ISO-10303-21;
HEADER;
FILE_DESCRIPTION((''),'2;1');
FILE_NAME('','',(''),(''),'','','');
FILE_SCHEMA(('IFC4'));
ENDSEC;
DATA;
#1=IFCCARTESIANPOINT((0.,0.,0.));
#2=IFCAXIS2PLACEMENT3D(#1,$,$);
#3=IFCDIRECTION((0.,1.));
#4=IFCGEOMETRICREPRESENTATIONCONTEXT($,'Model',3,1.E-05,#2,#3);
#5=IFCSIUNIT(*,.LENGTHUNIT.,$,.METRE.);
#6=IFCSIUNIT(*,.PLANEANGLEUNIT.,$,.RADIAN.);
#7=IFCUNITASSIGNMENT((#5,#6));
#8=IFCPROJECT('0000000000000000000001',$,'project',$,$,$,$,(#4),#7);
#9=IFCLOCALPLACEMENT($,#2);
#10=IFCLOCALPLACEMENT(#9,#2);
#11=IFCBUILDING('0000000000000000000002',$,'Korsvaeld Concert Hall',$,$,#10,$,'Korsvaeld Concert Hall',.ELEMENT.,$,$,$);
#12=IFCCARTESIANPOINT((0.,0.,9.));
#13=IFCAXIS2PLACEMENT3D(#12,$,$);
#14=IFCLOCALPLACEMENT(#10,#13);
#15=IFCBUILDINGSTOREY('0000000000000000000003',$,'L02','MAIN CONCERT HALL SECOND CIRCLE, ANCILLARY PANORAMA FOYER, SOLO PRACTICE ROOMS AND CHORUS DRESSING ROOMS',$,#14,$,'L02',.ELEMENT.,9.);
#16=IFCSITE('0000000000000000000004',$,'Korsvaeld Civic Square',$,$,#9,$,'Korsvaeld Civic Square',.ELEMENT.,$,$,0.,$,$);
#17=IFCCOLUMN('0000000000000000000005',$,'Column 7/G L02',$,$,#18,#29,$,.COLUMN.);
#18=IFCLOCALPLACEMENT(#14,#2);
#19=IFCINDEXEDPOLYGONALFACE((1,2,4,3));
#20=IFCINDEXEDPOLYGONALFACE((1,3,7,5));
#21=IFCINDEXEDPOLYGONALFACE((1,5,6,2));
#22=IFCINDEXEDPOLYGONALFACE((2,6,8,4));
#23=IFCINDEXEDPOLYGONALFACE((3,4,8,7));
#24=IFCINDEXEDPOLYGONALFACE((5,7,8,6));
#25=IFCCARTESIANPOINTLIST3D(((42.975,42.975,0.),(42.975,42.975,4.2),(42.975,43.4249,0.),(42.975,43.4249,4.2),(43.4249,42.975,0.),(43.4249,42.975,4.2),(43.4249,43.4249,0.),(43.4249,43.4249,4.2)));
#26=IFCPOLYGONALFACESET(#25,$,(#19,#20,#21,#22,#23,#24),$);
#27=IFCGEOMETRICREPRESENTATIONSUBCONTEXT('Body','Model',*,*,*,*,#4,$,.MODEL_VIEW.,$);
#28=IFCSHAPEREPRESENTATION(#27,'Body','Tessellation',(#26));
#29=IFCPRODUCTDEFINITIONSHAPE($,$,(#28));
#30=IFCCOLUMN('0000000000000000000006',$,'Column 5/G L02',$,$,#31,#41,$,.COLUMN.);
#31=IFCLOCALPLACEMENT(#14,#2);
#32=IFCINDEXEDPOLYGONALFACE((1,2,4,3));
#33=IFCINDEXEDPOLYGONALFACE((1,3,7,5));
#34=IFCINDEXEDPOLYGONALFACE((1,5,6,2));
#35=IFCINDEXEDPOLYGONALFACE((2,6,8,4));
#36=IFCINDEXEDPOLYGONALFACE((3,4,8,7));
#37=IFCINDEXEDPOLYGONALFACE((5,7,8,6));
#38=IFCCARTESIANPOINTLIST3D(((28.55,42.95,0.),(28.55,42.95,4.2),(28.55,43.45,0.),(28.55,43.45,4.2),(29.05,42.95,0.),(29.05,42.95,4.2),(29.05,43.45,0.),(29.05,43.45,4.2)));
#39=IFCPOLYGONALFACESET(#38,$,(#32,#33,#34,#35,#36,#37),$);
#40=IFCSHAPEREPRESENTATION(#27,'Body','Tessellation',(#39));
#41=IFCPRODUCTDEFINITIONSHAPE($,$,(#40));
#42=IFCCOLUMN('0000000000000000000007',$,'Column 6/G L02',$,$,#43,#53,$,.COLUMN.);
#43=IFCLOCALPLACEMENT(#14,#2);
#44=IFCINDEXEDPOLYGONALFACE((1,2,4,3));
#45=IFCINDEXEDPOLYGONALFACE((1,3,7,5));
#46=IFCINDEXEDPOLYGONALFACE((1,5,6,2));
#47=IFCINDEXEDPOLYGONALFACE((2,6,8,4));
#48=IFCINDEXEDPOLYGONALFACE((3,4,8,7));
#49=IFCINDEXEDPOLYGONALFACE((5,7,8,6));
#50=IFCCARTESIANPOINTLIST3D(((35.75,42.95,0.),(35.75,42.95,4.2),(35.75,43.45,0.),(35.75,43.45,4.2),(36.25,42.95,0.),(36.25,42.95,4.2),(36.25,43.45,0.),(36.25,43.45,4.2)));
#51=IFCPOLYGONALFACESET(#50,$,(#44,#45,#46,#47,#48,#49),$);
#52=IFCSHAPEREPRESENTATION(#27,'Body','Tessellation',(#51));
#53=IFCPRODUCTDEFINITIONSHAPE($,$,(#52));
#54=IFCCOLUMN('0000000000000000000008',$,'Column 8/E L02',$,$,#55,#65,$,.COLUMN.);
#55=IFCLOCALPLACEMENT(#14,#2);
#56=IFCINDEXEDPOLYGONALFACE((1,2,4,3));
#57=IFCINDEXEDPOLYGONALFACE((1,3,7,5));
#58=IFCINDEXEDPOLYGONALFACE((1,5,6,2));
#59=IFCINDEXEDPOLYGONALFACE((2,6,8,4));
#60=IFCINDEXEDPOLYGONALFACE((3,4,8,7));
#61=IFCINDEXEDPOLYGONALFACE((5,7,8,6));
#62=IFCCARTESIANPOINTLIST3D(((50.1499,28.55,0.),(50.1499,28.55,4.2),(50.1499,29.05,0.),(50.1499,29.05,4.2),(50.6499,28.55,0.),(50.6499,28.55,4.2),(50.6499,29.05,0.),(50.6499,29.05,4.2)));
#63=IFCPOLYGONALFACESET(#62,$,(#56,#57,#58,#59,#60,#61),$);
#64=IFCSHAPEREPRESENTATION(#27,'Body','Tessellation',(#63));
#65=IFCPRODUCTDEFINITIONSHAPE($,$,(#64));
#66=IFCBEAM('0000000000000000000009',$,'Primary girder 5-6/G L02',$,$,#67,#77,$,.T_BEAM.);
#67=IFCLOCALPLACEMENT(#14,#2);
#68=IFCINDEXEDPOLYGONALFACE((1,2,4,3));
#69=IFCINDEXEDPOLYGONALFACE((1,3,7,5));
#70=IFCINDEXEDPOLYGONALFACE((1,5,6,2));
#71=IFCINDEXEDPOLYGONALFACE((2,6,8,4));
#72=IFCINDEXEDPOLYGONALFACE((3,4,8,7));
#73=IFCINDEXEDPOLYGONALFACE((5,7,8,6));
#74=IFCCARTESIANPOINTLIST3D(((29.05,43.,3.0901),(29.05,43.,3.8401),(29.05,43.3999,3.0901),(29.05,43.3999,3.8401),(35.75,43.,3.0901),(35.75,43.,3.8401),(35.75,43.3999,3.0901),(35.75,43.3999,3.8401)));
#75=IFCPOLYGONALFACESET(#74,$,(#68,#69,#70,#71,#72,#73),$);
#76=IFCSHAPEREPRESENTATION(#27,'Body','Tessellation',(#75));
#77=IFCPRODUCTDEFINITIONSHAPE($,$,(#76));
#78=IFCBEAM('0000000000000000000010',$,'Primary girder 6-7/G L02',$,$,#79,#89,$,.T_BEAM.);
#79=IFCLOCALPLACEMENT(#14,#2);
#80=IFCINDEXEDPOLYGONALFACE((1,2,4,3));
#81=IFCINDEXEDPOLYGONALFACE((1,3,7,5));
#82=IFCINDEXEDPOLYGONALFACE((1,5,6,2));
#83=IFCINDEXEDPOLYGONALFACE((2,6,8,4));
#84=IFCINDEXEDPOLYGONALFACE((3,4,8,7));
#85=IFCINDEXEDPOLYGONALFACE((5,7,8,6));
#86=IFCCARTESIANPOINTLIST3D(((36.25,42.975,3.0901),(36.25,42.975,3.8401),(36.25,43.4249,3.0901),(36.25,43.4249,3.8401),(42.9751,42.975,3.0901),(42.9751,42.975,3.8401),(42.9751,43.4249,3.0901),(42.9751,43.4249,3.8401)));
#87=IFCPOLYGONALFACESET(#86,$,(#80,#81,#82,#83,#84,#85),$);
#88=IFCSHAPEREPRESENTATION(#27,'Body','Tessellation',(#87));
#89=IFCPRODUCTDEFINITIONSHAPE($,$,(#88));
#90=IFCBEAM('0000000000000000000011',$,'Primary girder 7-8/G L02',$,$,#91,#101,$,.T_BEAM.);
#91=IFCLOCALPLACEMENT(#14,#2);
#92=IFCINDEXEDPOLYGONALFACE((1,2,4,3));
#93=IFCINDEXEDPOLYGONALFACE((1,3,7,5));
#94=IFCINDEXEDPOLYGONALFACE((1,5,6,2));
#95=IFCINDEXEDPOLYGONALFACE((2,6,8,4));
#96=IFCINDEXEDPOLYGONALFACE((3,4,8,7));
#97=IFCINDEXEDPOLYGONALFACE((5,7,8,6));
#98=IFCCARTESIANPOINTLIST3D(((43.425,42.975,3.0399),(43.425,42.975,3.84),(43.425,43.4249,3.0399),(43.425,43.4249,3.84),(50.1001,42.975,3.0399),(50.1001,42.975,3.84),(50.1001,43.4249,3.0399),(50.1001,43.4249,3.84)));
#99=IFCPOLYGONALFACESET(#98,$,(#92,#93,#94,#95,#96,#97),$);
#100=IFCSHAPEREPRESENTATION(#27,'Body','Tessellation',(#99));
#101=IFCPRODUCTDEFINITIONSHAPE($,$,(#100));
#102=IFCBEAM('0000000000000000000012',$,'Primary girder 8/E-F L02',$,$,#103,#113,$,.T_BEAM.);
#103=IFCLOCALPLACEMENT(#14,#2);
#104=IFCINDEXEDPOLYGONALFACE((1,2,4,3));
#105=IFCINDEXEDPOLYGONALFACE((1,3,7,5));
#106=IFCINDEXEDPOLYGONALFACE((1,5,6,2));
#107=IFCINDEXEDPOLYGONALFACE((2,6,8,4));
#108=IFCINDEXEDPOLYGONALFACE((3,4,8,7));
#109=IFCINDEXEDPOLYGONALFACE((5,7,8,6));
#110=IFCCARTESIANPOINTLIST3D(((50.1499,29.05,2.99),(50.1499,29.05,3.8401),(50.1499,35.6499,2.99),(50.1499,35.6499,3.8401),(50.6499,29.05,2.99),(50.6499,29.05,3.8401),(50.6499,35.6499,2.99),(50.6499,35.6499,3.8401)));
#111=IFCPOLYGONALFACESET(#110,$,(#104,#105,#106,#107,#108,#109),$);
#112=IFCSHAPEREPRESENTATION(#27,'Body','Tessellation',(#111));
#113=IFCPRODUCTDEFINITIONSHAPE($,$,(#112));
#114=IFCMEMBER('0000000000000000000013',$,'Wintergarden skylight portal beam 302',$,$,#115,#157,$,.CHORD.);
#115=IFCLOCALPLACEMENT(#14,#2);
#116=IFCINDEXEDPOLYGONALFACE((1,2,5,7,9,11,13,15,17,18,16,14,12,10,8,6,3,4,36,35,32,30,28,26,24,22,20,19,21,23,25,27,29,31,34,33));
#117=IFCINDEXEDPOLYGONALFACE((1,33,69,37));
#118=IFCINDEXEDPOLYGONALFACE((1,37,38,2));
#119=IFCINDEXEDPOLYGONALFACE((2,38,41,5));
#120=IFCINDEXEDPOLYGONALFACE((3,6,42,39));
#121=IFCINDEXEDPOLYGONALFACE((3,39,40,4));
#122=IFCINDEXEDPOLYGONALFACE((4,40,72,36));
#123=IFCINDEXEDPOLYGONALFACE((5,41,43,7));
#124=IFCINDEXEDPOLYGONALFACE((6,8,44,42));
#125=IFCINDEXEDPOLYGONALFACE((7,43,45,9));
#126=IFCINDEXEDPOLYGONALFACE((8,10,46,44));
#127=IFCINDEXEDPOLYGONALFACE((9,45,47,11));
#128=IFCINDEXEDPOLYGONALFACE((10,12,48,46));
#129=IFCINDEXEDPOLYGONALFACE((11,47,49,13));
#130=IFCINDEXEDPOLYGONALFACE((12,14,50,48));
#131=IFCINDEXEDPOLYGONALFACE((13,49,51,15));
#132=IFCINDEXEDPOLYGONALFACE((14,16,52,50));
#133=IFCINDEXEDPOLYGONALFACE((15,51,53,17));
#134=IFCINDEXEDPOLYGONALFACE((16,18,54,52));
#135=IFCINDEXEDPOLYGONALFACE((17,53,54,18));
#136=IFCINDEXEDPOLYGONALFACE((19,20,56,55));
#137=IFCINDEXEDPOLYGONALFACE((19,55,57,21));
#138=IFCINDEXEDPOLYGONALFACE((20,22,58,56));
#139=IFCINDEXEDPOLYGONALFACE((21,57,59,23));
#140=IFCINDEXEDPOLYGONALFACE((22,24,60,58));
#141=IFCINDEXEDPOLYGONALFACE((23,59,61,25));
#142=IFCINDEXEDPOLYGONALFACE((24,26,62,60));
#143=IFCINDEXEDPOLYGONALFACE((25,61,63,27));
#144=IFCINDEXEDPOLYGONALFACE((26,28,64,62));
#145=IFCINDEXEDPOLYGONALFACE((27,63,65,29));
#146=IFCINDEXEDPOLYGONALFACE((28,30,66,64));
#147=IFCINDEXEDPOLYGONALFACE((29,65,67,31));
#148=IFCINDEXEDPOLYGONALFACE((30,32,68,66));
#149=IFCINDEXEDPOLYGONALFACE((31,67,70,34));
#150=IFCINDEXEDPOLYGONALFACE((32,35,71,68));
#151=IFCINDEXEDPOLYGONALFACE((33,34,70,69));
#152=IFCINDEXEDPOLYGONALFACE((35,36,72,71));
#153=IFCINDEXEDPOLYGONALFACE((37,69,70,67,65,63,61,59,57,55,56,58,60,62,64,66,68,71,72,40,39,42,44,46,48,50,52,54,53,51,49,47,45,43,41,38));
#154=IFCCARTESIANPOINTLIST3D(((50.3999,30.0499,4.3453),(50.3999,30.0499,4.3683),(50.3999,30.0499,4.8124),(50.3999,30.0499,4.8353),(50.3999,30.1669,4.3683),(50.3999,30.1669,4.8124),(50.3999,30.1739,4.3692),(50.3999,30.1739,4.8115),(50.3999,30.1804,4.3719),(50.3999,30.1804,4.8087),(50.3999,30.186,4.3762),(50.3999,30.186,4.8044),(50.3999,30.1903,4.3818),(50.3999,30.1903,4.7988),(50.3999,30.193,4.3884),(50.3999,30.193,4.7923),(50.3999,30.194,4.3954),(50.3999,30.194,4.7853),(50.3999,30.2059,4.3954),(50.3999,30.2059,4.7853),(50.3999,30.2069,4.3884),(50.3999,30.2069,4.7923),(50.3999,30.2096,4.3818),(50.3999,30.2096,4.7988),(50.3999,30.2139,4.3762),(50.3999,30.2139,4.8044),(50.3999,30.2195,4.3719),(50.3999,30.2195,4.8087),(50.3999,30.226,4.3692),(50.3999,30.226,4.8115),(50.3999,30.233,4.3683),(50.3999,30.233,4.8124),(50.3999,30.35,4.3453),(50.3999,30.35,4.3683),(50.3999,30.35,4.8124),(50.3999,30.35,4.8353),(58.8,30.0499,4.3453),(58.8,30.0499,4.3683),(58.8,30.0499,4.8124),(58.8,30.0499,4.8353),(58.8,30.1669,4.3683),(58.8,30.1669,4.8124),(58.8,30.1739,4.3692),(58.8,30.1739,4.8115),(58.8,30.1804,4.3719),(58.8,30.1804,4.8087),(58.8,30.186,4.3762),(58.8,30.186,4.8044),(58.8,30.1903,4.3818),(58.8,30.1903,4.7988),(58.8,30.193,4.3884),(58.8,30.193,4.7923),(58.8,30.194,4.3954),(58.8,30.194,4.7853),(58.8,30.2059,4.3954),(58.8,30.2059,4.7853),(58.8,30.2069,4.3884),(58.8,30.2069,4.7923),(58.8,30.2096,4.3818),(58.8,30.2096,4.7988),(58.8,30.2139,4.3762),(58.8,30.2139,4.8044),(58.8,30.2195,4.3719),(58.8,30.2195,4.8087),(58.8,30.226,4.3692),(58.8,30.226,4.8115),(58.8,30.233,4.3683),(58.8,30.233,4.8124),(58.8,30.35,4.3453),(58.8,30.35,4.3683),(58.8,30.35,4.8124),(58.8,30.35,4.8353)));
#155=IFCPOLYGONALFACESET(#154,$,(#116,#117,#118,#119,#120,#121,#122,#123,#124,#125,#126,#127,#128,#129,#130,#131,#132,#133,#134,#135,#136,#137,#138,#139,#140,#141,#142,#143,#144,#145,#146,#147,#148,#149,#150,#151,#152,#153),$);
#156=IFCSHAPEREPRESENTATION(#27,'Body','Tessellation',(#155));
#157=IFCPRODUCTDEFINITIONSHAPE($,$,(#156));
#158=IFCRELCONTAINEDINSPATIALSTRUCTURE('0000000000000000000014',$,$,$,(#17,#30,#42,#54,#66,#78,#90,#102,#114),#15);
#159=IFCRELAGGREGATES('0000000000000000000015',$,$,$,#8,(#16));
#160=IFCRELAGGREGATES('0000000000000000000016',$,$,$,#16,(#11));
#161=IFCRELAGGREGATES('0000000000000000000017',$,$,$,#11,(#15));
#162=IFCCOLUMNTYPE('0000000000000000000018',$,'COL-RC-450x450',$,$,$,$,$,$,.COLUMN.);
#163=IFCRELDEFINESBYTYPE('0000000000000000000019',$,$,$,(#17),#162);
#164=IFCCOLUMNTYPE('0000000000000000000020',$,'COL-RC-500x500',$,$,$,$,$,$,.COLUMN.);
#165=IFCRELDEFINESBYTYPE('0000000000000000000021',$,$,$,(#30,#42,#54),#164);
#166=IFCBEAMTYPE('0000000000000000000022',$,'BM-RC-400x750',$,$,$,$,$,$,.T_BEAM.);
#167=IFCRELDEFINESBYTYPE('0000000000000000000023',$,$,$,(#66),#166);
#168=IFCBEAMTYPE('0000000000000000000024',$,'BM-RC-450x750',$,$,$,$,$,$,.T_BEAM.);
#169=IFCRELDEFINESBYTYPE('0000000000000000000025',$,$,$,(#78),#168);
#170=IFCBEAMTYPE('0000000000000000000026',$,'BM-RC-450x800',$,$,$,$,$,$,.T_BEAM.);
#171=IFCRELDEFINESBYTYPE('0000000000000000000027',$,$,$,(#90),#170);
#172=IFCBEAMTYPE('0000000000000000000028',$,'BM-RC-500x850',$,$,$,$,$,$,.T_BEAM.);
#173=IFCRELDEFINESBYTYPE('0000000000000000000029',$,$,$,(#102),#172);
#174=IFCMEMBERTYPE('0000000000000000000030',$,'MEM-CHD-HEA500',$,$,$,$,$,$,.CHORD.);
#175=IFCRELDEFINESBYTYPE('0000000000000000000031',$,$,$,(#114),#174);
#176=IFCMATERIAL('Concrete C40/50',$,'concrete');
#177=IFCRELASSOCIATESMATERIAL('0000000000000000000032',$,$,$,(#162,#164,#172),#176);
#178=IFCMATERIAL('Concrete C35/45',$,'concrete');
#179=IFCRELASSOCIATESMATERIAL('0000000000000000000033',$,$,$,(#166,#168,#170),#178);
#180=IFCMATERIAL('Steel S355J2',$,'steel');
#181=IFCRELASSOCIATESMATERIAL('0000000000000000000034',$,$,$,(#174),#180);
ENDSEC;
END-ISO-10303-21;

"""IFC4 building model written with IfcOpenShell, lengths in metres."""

from ifc_helpers import new_model, si_unit, direction, frame, origin, origin_2d, place, context, subcontext, project, spatial, rectangle, i_section, extrude, material, material_profile, profile_set, type_object, element, save


model = new_model("IFC4")

# Units and contexts
model_context = context("Model", 3, precision=1e-05, world=origin(), true_north=direction((0.0, 1.0)))
body_context = subcontext(model_context, "Body", "Model", "MODEL_VIEW")
ifc_project = project(units=[si_unit("LENGTHUNIT", "METRE"), si_unit("PLANEANGLEUNIT", "RADIAN")], contexts=[model_context])

# Site, building, storey
site_placement = place(None, origin())
site = spatial("IfcSite", under=ifc_project, at=site_placement, Name="Korsvaeld Civic Square", LongName="Korsvaeld Civic Square", CompositionType="ELEMENT", RefElevation=0.0)
building_placement = place(site_placement, origin())
building = spatial("IfcBuilding", under=site, at=building_placement, Name="Korsvaeld Concert Hall", LongName="Korsvaeld Concert Hall", CompositionType="ELEMENT")
storey_placement = place(building_placement, frame((0.0, 0.0, 9.0)))
storey = spatial("IfcBuildingStorey", under=building, at=storey_placement, Name="L02", Description="MAIN CONCERT HALL SECOND CIRCLE, ANCILLARY PANORAMA FOYER, SOLO PRACTICE ROOMS AND CHORUS DRESSING ROOMS", LongName="L02", CompositionType="ELEMENT", Elevation=9.0)

# Columns
ifc_material_1 = material(Name="Concrete C40/50", Category="concrete")
ifc_material_profile_1 = material_profile(ifc_material_1, rectangle(XDim=0.45, YDim=0.45, at=origin_2d()), Name="RC 450x450")
ifc_profile_set_1 = profile_set([ifc_material_profile_1], Name="Concrete C40/50")
column_type_1 = type_object("IfcColumnType", Name="COL-RC-450x450", PredefinedType="COLUMN", material=ifc_profile_set_1)
column_placement = place(storey_placement, frame((43.2, 43.2, 0.0), z_axis=(0.0, 0.0, 1.0), x_axis=(1.0, 0.0, 0.0)))
element("IfcColumn", 1, at=column_placement, inside=storey, type_object=column_type_1, Name="Column 7/G L02", PredefinedType="COLUMN", context=body_context, shape_type="SweptSolid", body=[
    extrude(rectangle(XDim=0.45, YDim=0.45, at=origin_2d()), origin(), (0.0, 0.0, 1.0), 4.2),
])
ifc_material_profile_2 = material_profile(ifc_material_1, rectangle(XDim=0.5, YDim=0.5, at=origin_2d()), Name="RC 500x500")
ifc_profile_set_2 = profile_set([ifc_material_profile_2], Name="Concrete C40/50")
column_type_2 = type_object("IfcColumnType", Name="COL-RC-500x500", PredefinedType="COLUMN", material=ifc_profile_set_2)
for number, where, z_axis, x_axis, name in (
    (2, (28.8, 43.2, 0.0), (0.0, 0.0, 1.0), (1.0, 0.0, 0.0), "Column 5/G L02"),
    (3, (36.0, 43.2, 0.0), (0.0, 0.0, 1.0), (1.0, 0.0, 0.0), "Column 6/G L02"),
    (4, (50.3999, 28.8, 0.0), (0.0, 0.0, 1.0), (1.0, 0.0, 0.0), "Column 8/E L02"),
):
    element("IfcColumn", number, at=place(storey_placement, frame(where, z_axis=z_axis, x_axis=x_axis)), inside=storey, type_object=column_type_2, Name=name, PredefinedType="COLUMN", context=body_context, shape_type="SweptSolid", body=[
        extrude(rectangle(XDim=0.5, YDim=0.5, at=origin_2d()), origin(), (0.0, 0.0, 1.0), 4.2),
    ])

# Beams
ifc_material_2 = material(Name="Concrete C35/45", Category="concrete")
ifc_material_profile_3 = material_profile(ifc_material_2, rectangle(XDim=0.3999, YDim=0.75, at=origin_2d()), Name="RC 400x750")
ifc_profile_set_3 = profile_set([ifc_material_profile_3], Name="Concrete C35/45")
beam_type_1 = type_object("IfcBeamType", Name="BM-RC-400x750", PredefinedType="T_BEAM", material=ifc_profile_set_3)
beam_1_placement = place(storey_placement, frame((29.05, 43.2, 3.4651), z_axis=(1.0, 0.0, 0.0), x_axis=(0.0, 1.0, 0.0)))
element("IfcBeam", 5, at=beam_1_placement, inside=storey, type_object=beam_type_1, Name="Primary girder 5-6/G L02", PredefinedType="T_BEAM", context=body_context, shape_type="SweptSolid", body=[
    extrude(rectangle(XDim=0.3999, YDim=0.75, at=origin_2d()), origin(), (0.0, 0.0, 1.0), 6.7),
])
ifc_material_profile_4 = material_profile(ifc_material_2, rectangle(XDim=0.45, YDim=0.75, at=origin_2d()), Name="RC 450x750")
ifc_profile_set_4 = profile_set([ifc_material_profile_4], Name="Concrete C35/45")
beam_type_2 = type_object("IfcBeamType", Name="BM-RC-450x750", PredefinedType="T_BEAM", material=ifc_profile_set_4)
beam_2_placement = place(storey_placement, frame((36.25, 43.2, 3.4651), z_axis=(1.0, 0.0, 0.0), x_axis=(0.0, 1.0, 0.0)))
element("IfcBeam", 6, at=beam_2_placement, inside=storey, type_object=beam_type_2, Name="Primary girder 6-7/G L02", PredefinedType="T_BEAM", context=body_context, shape_type="SweptSolid", body=[
    extrude(rectangle(XDim=0.45, YDim=0.75, at=origin_2d()), origin(), (0.0, 0.0, 1.0), 6.7251),
])
ifc_material_profile_5 = material_profile(ifc_material_2, rectangle(XDim=0.45, YDim=0.8, at=origin_2d()), Name="RC 450x800")
ifc_profile_set_5 = profile_set([ifc_material_profile_5], Name="Concrete C35/45")
beam_type_3 = type_object("IfcBeamType", Name="BM-RC-450x800", PredefinedType="T_BEAM", material=ifc_profile_set_5)
beam_3_placement = place(storey_placement, frame((43.425, 43.2, 3.4399), z_axis=(1.0, 0.0, 0.0), x_axis=(0.0, 1.0, 0.0)))
element("IfcBeam", 7, at=beam_3_placement, inside=storey, type_object=beam_type_3, Name="Primary girder 7-8/G L02", PredefinedType="T_BEAM", context=body_context, shape_type="SweptSolid", body=[
    extrude(rectangle(XDim=0.45, YDim=0.8, at=origin_2d()), origin(), (0.0, 0.0, 1.0), 6.675),
])
ifc_material_profile_6 = material_profile(ifc_material_1, rectangle(XDim=0.5, YDim=0.8501, at=origin_2d()), Name="RC 500x850")
ifc_profile_set_6 = profile_set([ifc_material_profile_6], Name="Concrete C40/50")
beam_type_4 = type_object("IfcBeamType", Name="BM-RC-500x850", PredefinedType="T_BEAM", material=ifc_profile_set_6)
beam_4_placement = place(storey_placement, frame((50.3999, 29.05, 3.415), z_axis=(0.0, 1.0, 0.0), x_axis=(-1.0, 0.0, 0.0)))
element("IfcBeam", 8, at=beam_4_placement, inside=storey, type_object=beam_type_4, Name="Primary girder 8/E-F L02", PredefinedType="T_BEAM", context=body_context, shape_type="SweptSolid", body=[
    extrude(rectangle(XDim=0.5, YDim=0.8501, at=origin_2d()), origin(), (0.0, 0.0, 1.0), 6.5999),
])

# Member
ifc_material_3 = material(Name="Steel S355J2", Category="steel")
ifc_material_profile_7 = material_profile(ifc_material_3, i_section(OverallWidth=0.3, OverallDepth=0.49, WebThickness=0.012, FlangeThickness=0.0229, FilletRadius=0.0271, at=origin_2d()), Name="HEA 500")
ifc_profile_set_7 = profile_set([ifc_material_profile_7], Name="Steel S355J2")
member_type_1 = type_object("IfcMemberType", Name="MEM-CHD-HEA500", PredefinedType="CHORD", material=ifc_profile_set_7)
for number, where, z_axis, x_axis, name in (
    (9, (50.3999, 30.2, 4.5903), (1.0, 0.0, 0.0), (0.0, 1.0, 0.0), "Wintergarden skylight portal beam 302"),
):
    element("IfcMember", number, at=place(storey_placement, frame(where, z_axis=z_axis, x_axis=x_axis)), inside=storey, type_object=member_type_1, Name=name, PredefinedType="CHORD", context=body_context, shape_type="SweptSolid", body=[
        extrude(i_section(OverallWidth=0.3, OverallDepth=0.49, WebThickness=0.012, FlangeThickness=0.0229, FilletRadius=0.0271, at=origin_2d()), origin(), (0.0, 0.0, 1.0), 8.4001),
    ])

save(model, "model.ifc")
